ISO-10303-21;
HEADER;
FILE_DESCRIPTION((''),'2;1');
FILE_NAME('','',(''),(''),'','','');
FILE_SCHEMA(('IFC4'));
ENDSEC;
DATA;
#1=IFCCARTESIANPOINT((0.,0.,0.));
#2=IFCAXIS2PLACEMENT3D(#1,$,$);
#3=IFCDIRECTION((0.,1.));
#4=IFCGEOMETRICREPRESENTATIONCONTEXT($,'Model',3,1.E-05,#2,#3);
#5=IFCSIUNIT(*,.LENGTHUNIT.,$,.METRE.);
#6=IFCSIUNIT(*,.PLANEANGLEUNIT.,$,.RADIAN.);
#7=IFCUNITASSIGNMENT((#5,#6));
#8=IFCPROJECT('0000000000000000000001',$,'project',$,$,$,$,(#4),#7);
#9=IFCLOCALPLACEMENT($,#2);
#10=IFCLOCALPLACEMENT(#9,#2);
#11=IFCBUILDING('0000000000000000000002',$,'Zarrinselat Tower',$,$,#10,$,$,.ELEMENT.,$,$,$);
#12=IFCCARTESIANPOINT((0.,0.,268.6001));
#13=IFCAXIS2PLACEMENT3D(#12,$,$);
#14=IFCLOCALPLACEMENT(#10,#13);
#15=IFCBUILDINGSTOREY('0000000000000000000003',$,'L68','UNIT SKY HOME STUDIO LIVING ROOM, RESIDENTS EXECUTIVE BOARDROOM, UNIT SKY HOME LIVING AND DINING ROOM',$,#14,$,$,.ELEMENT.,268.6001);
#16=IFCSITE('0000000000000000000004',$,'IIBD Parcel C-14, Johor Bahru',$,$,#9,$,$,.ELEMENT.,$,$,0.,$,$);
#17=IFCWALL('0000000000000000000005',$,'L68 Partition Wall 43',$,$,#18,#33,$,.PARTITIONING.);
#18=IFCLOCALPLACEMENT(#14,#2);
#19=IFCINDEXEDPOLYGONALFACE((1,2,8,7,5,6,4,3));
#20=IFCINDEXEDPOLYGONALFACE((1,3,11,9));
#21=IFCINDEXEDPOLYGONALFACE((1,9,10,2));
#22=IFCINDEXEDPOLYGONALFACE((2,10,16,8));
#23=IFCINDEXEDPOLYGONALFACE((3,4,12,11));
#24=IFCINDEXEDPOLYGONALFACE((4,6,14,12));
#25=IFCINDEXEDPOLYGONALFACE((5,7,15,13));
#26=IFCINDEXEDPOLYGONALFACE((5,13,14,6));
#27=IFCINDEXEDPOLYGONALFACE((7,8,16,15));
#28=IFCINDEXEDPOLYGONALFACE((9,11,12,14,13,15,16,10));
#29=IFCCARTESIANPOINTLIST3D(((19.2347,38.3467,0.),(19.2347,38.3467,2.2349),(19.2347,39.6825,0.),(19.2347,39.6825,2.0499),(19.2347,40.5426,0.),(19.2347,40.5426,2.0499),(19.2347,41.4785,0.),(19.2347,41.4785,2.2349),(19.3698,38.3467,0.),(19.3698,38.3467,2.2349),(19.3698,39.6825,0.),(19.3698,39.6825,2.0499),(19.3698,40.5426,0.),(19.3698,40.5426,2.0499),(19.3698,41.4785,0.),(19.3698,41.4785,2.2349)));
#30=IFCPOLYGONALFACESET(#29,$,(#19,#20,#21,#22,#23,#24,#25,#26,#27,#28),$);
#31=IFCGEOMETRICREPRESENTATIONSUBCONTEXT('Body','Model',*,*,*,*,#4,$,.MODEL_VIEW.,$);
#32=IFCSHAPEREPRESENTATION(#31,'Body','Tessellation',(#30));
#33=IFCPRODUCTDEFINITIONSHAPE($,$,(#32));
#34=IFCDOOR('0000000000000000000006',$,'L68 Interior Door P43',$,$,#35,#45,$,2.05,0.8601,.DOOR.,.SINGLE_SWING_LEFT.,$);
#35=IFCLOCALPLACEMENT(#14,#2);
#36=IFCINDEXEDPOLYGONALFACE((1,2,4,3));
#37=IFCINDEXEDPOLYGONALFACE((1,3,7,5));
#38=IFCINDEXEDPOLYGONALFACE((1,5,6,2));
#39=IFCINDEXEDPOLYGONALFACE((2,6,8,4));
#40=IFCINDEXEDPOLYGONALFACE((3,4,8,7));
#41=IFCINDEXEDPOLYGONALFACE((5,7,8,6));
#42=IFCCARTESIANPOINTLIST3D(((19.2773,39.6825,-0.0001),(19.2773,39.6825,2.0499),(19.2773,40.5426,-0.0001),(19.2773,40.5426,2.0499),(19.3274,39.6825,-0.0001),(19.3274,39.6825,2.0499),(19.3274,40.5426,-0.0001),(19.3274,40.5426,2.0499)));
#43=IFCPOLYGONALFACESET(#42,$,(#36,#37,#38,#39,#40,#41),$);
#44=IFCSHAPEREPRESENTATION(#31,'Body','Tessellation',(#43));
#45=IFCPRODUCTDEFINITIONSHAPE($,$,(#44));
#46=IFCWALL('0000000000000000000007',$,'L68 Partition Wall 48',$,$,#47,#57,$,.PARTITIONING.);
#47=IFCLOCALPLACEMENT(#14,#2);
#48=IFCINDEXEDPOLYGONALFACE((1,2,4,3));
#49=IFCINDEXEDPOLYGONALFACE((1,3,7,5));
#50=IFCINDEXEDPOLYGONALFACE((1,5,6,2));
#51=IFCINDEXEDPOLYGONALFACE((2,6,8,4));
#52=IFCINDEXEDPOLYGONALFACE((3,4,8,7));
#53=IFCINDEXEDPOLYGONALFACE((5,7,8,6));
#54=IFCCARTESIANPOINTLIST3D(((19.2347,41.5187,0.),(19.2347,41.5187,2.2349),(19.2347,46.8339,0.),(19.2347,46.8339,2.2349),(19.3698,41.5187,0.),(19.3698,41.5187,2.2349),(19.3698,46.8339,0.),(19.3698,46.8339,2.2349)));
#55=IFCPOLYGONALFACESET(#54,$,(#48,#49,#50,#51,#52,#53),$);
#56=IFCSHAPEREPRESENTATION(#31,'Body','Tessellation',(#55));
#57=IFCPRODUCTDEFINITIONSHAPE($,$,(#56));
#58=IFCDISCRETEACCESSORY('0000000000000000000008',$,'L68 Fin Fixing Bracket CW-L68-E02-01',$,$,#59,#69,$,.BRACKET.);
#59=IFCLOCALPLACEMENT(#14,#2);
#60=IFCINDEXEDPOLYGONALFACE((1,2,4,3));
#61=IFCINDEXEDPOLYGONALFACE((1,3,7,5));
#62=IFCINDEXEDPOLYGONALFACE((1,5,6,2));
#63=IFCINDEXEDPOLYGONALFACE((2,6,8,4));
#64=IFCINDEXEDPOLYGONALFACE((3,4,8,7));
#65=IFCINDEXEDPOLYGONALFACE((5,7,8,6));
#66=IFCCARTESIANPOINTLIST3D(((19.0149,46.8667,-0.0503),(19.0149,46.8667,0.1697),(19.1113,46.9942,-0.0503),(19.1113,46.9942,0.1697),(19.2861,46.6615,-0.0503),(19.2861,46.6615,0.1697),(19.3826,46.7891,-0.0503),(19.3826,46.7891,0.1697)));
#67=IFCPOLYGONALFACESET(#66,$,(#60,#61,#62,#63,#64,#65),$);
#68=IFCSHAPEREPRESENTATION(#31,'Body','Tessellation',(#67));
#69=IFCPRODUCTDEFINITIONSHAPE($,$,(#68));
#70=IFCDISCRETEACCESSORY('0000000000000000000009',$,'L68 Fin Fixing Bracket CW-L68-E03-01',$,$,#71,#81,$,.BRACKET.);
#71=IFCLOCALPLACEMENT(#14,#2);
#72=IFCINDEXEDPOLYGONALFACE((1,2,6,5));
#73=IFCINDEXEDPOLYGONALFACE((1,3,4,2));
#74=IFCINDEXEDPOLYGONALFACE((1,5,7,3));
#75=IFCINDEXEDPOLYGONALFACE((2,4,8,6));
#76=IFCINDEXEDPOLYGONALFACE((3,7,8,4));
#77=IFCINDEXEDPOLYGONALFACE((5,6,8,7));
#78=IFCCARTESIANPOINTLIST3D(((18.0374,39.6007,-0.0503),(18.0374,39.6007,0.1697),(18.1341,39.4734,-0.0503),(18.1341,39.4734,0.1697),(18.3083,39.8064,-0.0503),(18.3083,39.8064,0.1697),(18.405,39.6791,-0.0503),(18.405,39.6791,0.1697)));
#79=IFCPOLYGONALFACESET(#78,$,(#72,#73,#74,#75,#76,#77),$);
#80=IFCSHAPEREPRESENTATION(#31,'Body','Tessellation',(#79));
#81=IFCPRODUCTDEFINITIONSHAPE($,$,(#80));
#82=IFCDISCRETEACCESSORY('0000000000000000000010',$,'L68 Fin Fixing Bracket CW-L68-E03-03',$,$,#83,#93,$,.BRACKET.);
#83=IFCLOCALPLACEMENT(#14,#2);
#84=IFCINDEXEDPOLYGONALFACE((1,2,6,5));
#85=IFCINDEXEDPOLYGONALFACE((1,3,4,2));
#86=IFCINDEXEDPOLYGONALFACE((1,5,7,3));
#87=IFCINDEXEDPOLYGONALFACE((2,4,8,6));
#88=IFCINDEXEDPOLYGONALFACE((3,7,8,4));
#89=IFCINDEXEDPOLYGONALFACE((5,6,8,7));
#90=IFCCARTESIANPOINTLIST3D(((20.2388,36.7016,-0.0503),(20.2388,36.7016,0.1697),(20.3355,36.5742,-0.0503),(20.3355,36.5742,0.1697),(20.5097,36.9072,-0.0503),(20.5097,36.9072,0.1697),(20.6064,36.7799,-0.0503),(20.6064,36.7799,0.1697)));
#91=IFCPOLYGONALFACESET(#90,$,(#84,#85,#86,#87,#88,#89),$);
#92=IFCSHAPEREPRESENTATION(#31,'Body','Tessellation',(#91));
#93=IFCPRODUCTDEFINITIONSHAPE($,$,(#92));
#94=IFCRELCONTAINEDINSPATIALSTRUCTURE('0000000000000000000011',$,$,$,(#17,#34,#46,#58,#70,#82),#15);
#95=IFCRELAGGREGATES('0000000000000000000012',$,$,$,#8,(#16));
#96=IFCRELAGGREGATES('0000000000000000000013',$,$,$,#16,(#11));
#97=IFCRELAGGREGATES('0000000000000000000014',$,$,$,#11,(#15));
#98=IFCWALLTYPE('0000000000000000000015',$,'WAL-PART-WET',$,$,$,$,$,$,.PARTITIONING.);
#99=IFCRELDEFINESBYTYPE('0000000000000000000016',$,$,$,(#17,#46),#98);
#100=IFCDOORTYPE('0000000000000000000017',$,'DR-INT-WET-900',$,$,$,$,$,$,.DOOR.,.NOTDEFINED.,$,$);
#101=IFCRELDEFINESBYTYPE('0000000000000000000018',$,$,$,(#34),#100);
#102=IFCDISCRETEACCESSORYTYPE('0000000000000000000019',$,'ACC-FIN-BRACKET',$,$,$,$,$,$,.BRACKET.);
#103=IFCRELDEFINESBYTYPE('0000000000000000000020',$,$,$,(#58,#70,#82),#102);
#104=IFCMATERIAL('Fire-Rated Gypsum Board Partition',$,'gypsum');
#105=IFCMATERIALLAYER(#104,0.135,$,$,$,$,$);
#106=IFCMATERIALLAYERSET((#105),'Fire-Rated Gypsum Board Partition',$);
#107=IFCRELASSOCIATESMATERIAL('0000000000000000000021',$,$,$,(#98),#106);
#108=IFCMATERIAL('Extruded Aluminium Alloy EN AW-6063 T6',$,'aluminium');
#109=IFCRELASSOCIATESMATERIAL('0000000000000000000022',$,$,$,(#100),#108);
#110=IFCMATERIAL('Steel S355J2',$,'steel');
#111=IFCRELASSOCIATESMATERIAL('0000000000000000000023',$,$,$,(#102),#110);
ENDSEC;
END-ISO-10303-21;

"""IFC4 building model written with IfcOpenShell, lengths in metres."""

from ifc_helpers import new_model, si_unit, direction, frame, frame_2d, origin, origin_2d, place, context, subcontext, project, spatial, rectangle, extrude, material, layer, layer_set, type_object, element, fill, save


model = new_model("IFC4")

# Units and contexts
model_context = context("Model", 3, precision=1e-05, world=origin(), true_north=direction((0.0, 1.0)))
body_context = subcontext(model_context, "Body", "Model", "MODEL_VIEW")
ifc_project = project(units=[si_unit("LENGTHUNIT", "METRE"), si_unit("PLANEANGLEUNIT", "RADIAN")], contexts=[model_context])

# Site, building, storey
site_placement = place(None, origin())
site = spatial("IfcSite", under=ifc_project, at=site_placement, Name="IIBD Parcel C-14, Johor Bahru", CompositionType="ELEMENT", RefElevation=0.0)
building_placement = place(site_placement, origin())
building = spatial("IfcBuilding", under=site, at=building_placement, Name="Zarrinselat Tower", CompositionType="ELEMENT")
storey_placement = place(building_placement, frame((0.0, 0.0, 268.6001)))
storey = spatial("IfcBuildingStorey", under=building, at=storey_placement, Name="L68", Description="UNIT SKY HOME STUDIO LIVING ROOM, RESIDENTS EXECUTIVE BOARDROOM, UNIT SKY HOME LIVING AND DINING ROOM", CompositionType="ELEMENT", Elevation=268.6001)

# Wall, opening, door
ifc_material_1 = material(Name="Fire-Rated Gypsum Board Partition", Category="gypsum")
ifc_layer_1 = layer(ifc_material_1, 0.135)
ifc_layer_set_1 = layer_set([ifc_layer_1], Name="Fire-Rated Gypsum Board Partition")
wall_type_1 = type_object("IfcWallType", Name="WAL-PART-WET", PredefinedType="PARTITIONING", material=ifc_layer_set_1)
wall_1_placement = place(storey_placement, frame((19.3022, 38.3467, 0.0), z_axis=(0.0, 0.0, 1.0), x_axis=(0.0, 1.0, 0.0)))
wall_1 = element("IfcWall", 1, at=wall_1_placement, inside=storey, type_object=wall_type_1, Name="L68 Partition Wall 43", PredefinedType="PARTITIONING", context=body_context, shape_type="SweptSolid", body=[
    extrude(rectangle(XDim=3.1318, YDim=0.135, at=frame_2d((1.5659, 0.0))), origin(), (0.0, 0.0, 1.0), 2.2349),
])
opening_1_placement = place(wall_1_placement, frame((1.3357, 0.0, 0.0)))
opening_1 = element("IfcOpeningElement", 2, at=opening_1_placement, cuts=wall_1, PredefinedType="OPENING", context=body_context, shape_type="SweptSolid", body=[
    extrude(rectangle(XDim=0.8601, YDim=2.05, at=frame_2d((0.4302, 1.0249))), frame((0.0, 0.0774, 0.0), z_axis=(0.0, -1.0, 0.0), x_axis=(1.0, 0.0, 0.0)), (0.0, 0.0, 1.0), 0.155),
])
ifc_material_2 = material(Name="Extruded Aluminium Alloy EN AW-6063 T6", Category="aluminium")
door_type_1 = type_object("IfcDoorType", Name="DR-INT-WET-900", OperationType="NOTDEFINED", PredefinedType="DOOR", material=ifc_material_2)
door_1_placement = place(opening_1_placement, origin())
door_1 = element("IfcDoor", 3, at=door_1_placement, inside=storey, type_object=door_type_1, Name="L68 Interior Door P43", OperationType="SINGLE_SWING_LEFT", OverallHeight=2.05, OverallWidth=0.8601, PredefinedType="DOOR", context=body_context, shape_type="SweptSolid", body=[
    extrude(rectangle(XDim=0.8601, YDim=2.05, at=frame_2d((0.4302, 1.0249))), frame((0.0, 0.0249, 0.0), z_axis=(0.0, -1.0, 0.0), x_axis=(1.0, 0.0, 0.0)), (0.0, 0.0, 1.0), 0.05),
])
fill(opening_1, door_1)

# Wall
wall_2_placement = place(storey_placement, frame((19.3022, 41.5186, 0.0), z_axis=(0.0, 0.0, 1.0), x_axis=(0.0, 1.0, 0.0)))
element("IfcWall", 4, at=wall_2_placement, inside=storey, type_object=wall_type_1, Name="L68 Partition Wall 48", PredefinedType="PARTITIONING", context=body_context, shape_type="SweptSolid", body=[
    extrude(rectangle(XDim=5.3152, YDim=0.135, at=frame_2d((2.6577, 0.0))), origin(), (0.0, 0.0, 1.0), 2.2349),
])

# Discrete accessories
ifc_material_3 = material(Name="Steel S355J2", Category="steel")
discrete_accessory_type = type_object("IfcDiscreteAccessoryType", Name="ACC-FIN-BRACKET", PredefinedType="BRACKET", material=ifc_material_3)
for number, where, z_axis, x_axis, name in (
    (5, (19.1987, 46.8279, -0.0503), (0.0, 0.0, 1.0), (-0.797605, 0.60318, 0.0), "L68 Fin Fixing Bracket CW-L68-E02-01"),
    (6, (18.2212, 39.6399, -0.0503), (0.0, 0.0, 1.0), (-0.796387, -0.604788, 0.0), "L68 Fin Fixing Bracket CW-L68-E03-01"),
    (7, (20.4226, 36.7407, -0.0503), (0.0, 0.0, 1.0), (-0.796387, -0.604788, 0.0), "L68 Fin Fixing Bracket CW-L68-E03-03"),
):
    element("IfcDiscreteAccessory", number, at=place(storey_placement, frame(where, z_axis=z_axis, x_axis=x_axis)), inside=storey, type_object=discrete_accessory_type, Name=name, PredefinedType="BRACKET", context=body_context, shape_type="SweptSolid", body=[
        extrude(rectangle(XDim=0.3401, YDim=0.1599, at=origin_2d()), origin(), (0.0, 0.0, 1.0), 0.22),
    ])

save(model, "model.ifc")
